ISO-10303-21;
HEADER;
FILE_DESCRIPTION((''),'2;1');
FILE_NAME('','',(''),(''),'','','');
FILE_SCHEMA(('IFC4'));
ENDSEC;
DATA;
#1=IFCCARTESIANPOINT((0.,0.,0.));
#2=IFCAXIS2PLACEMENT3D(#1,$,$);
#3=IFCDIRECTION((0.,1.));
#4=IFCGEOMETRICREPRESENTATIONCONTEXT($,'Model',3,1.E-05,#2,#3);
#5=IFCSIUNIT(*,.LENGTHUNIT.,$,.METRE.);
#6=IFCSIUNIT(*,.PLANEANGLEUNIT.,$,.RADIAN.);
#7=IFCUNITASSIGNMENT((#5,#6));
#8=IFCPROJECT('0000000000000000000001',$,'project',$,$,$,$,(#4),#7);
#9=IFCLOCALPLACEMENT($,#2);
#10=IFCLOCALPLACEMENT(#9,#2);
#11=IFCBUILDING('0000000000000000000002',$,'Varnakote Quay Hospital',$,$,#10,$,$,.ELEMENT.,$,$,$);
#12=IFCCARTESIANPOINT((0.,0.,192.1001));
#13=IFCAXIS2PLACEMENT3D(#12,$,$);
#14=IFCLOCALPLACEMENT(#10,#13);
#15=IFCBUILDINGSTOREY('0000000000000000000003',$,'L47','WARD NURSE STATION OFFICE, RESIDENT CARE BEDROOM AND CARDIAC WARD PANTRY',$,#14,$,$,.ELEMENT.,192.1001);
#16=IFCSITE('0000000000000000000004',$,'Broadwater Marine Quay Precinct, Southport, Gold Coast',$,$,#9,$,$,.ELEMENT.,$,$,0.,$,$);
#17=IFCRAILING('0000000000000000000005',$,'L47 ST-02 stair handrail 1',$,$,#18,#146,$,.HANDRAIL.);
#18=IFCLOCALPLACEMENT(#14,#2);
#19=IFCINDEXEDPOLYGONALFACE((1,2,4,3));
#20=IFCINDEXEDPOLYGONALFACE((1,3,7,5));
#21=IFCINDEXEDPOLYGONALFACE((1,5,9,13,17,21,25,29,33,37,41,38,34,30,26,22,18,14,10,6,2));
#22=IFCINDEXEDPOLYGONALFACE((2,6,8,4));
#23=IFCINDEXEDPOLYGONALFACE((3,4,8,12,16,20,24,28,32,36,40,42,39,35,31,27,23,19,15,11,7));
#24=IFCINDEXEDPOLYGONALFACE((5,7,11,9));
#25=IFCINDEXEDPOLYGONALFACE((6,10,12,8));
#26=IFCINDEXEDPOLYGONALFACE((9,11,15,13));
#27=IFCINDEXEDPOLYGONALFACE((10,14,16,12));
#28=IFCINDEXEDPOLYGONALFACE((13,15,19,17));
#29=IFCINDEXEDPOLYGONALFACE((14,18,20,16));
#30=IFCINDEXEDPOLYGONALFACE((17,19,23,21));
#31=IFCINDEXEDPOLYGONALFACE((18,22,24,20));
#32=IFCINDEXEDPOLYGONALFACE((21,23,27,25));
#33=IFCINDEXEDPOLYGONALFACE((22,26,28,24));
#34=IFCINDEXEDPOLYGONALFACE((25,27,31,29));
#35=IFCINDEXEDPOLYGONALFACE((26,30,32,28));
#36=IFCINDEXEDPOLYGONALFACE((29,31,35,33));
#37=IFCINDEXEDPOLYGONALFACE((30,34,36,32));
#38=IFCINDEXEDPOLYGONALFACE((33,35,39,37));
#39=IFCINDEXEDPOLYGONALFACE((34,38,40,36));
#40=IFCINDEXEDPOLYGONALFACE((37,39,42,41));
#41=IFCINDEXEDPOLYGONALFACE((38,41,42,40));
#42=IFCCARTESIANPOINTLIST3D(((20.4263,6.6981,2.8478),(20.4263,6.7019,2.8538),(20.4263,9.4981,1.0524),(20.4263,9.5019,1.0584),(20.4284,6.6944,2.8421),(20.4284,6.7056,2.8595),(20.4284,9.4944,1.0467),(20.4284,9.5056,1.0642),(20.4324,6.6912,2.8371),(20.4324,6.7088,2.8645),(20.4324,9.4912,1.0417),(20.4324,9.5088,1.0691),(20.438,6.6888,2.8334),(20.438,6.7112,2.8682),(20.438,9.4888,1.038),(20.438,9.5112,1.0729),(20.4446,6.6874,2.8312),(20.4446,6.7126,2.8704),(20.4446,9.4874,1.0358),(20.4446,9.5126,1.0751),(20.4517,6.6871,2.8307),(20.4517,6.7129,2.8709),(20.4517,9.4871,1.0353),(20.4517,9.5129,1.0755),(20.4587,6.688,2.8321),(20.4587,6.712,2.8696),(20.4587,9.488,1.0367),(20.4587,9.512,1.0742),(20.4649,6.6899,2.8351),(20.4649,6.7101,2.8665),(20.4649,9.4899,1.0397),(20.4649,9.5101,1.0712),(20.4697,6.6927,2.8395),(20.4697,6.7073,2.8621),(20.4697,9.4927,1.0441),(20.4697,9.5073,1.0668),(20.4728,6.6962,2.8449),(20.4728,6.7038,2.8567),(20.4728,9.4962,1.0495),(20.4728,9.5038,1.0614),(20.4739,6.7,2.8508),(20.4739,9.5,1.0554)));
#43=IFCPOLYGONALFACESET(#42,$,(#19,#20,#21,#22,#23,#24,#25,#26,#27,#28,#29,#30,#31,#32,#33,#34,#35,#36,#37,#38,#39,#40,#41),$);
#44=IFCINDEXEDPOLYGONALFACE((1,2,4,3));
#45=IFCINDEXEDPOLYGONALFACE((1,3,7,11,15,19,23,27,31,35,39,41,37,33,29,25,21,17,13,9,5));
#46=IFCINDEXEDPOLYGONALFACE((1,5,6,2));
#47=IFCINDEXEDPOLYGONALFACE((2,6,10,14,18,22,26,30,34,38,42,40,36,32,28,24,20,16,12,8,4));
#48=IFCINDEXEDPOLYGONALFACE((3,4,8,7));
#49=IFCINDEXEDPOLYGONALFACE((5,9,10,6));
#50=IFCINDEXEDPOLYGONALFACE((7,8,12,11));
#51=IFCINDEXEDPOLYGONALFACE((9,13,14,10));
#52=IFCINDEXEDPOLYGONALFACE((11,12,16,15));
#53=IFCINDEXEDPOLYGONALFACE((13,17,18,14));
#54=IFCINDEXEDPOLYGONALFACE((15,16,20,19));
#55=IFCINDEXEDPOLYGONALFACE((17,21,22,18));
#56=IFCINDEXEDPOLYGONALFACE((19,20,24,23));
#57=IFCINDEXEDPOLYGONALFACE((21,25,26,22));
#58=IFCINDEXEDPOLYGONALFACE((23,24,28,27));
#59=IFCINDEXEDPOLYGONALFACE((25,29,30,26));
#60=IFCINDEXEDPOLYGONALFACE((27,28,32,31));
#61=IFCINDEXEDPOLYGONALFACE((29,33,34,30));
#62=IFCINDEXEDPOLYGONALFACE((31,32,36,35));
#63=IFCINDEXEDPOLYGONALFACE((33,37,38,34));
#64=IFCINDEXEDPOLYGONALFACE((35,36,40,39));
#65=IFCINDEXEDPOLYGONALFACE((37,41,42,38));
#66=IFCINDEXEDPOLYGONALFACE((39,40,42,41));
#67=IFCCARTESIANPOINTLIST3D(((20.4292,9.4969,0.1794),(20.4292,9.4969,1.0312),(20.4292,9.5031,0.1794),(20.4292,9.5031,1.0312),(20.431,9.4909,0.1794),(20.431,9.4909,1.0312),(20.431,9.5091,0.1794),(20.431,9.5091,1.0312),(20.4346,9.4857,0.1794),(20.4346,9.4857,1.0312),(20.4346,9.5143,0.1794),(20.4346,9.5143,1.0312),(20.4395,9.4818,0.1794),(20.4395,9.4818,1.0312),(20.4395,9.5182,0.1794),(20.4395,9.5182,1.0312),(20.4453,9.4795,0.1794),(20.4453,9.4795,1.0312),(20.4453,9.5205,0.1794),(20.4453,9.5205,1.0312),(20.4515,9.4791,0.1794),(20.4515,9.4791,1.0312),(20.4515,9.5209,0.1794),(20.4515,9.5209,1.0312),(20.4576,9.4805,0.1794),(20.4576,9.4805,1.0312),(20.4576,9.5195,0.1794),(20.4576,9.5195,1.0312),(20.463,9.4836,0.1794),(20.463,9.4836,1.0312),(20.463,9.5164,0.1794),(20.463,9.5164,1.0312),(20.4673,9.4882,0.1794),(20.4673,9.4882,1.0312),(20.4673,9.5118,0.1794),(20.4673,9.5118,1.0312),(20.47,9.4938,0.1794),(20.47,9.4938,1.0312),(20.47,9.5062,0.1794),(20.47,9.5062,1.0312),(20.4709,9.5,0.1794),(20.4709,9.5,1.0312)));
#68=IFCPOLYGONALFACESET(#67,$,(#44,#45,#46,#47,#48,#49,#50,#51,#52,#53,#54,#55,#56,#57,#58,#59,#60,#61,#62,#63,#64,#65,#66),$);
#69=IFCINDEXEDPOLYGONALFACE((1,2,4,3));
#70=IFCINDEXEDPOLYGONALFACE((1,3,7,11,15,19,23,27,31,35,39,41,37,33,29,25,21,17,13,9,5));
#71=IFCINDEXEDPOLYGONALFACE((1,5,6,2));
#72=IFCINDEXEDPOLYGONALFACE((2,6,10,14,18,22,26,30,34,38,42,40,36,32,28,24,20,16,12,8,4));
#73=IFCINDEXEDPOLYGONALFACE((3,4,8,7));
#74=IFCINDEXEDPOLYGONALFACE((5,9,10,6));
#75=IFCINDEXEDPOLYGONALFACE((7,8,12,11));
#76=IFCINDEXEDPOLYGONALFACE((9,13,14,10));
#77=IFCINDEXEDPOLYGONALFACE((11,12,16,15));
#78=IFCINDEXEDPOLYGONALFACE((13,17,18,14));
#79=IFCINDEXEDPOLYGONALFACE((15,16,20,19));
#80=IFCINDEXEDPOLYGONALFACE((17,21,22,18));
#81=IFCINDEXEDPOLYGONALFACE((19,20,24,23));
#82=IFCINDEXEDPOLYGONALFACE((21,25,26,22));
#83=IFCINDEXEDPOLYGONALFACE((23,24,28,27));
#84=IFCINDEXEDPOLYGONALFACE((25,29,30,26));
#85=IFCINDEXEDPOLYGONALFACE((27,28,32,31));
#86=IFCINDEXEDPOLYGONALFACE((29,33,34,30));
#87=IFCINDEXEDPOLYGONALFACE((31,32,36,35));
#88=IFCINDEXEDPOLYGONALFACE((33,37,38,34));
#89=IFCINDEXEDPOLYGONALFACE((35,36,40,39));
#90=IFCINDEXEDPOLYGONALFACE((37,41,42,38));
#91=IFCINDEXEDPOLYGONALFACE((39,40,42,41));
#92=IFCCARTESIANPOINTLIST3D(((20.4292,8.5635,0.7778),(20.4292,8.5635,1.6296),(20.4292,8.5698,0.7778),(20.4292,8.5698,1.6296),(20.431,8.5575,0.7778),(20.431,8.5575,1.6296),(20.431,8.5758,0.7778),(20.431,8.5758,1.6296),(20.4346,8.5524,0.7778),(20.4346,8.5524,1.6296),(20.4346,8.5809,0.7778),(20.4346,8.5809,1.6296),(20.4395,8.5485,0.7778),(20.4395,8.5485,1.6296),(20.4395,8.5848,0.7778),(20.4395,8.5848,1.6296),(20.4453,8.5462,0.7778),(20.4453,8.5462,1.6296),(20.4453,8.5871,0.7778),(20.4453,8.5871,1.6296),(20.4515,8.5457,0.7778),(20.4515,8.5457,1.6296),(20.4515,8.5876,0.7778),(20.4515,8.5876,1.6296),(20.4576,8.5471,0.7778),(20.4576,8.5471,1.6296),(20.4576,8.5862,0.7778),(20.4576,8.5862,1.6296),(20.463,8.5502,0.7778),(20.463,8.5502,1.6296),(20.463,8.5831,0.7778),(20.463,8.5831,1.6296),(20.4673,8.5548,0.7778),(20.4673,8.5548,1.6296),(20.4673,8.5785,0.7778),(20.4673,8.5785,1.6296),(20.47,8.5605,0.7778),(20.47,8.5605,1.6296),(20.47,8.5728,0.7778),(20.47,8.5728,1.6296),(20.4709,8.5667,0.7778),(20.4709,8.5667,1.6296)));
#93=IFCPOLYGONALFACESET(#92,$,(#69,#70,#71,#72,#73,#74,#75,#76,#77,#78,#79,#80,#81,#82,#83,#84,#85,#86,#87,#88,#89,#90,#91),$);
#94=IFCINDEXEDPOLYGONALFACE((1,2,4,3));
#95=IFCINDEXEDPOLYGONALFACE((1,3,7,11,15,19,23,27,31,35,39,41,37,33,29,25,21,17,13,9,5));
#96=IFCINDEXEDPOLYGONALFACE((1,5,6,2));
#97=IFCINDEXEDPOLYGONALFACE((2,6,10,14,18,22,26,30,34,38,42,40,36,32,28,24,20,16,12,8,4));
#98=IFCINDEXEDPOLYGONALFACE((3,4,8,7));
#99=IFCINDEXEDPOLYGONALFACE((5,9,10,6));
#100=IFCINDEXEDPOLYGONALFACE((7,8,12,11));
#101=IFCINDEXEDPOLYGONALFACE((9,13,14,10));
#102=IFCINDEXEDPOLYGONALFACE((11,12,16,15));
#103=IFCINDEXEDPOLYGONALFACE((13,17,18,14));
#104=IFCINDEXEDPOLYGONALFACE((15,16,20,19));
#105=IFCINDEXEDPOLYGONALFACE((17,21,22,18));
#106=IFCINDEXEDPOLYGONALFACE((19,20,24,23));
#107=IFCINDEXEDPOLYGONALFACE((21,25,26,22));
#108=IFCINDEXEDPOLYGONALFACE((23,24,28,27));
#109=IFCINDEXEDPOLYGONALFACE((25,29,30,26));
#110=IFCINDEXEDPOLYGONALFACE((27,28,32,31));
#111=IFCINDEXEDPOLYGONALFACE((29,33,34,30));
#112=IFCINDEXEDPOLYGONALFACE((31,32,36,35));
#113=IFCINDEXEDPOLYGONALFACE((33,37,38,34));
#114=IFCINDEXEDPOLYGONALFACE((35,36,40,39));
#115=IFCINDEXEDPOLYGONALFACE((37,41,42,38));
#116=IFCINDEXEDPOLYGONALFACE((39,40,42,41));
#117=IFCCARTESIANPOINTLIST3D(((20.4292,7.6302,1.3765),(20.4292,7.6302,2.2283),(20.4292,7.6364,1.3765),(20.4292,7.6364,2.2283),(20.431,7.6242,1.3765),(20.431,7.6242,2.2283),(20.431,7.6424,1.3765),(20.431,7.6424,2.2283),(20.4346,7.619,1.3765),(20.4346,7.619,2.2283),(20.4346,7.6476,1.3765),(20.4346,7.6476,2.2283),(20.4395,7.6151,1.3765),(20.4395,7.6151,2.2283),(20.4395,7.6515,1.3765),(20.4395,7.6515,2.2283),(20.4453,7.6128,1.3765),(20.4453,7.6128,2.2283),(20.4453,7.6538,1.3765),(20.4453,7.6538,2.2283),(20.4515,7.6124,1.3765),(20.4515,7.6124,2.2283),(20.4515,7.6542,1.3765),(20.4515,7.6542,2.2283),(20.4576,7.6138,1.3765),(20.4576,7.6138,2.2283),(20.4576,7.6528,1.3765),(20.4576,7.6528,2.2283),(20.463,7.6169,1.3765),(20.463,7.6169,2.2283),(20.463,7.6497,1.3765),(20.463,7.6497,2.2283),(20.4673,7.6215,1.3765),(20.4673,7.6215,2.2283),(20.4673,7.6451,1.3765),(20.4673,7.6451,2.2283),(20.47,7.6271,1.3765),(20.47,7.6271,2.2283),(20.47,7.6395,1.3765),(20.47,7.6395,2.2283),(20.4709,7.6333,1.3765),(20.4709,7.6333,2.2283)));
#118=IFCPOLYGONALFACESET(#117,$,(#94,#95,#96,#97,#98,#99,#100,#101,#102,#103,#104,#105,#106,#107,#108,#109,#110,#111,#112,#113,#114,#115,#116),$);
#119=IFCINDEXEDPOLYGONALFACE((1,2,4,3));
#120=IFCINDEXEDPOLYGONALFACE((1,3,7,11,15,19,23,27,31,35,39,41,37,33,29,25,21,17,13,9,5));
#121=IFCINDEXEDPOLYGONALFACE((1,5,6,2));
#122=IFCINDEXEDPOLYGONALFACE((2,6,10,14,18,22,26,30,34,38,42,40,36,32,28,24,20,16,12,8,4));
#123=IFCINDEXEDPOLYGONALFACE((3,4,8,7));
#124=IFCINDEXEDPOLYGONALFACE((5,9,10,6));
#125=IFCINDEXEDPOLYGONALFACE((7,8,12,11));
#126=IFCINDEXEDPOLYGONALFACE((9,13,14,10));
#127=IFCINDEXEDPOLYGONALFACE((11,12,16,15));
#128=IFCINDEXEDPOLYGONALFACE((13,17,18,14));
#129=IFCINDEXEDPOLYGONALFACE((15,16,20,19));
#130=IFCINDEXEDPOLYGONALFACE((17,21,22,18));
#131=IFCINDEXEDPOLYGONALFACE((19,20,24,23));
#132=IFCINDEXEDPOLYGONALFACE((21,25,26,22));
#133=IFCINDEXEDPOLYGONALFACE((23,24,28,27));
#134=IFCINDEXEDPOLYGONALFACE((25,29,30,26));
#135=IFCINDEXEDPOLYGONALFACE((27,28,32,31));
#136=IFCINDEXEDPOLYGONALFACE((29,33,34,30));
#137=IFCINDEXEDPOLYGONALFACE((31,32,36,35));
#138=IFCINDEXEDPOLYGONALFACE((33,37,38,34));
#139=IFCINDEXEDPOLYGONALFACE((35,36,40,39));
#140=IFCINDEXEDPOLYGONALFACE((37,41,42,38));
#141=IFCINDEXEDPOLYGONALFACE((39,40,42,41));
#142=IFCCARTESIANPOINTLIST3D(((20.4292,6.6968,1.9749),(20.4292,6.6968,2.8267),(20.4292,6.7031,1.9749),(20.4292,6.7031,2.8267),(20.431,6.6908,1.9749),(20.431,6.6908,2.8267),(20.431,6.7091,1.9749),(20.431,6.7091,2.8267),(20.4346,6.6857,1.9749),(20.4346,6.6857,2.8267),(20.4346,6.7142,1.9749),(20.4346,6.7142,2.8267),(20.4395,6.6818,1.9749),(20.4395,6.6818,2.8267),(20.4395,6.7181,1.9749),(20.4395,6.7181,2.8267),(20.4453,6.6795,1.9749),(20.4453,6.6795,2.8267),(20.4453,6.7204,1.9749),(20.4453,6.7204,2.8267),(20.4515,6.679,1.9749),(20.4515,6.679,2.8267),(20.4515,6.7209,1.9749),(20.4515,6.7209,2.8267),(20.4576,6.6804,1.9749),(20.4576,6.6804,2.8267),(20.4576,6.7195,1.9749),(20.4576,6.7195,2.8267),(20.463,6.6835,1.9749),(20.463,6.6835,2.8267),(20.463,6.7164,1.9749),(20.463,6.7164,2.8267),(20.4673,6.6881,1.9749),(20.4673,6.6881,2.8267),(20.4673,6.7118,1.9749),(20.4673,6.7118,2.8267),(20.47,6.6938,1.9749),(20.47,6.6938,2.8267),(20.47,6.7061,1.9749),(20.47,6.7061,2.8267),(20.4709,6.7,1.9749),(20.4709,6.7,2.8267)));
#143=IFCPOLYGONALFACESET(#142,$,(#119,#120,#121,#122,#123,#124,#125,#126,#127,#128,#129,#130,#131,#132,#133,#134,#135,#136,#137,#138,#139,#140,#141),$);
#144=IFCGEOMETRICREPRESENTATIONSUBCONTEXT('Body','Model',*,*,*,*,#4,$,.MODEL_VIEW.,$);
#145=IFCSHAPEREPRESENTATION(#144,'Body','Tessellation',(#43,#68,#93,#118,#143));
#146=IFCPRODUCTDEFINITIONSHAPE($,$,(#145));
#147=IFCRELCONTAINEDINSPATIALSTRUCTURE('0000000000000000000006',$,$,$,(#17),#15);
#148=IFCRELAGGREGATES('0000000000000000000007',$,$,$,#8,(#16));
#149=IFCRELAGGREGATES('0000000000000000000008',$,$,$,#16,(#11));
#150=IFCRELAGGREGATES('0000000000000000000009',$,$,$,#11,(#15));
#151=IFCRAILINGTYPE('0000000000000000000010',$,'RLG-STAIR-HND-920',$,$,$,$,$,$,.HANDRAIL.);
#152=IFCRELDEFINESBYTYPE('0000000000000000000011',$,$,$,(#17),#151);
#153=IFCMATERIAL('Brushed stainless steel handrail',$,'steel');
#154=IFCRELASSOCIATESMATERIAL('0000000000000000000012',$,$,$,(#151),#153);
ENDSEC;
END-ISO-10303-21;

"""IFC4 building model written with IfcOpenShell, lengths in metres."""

from ifc_helpers import new_model, si_unit, direction, frame, origin, origin_2d, place, context, subcontext, project, spatial, circle, extrude, material, type_object, element, save


model = new_model("IFC4")

# Units and contexts
model_context = context("Model", 3, precision=1e-05, world=origin(), true_north=direction((0.0, 1.0)))
body_context = subcontext(model_context, "Body", "Model", "MODEL_VIEW")
ifc_project = project(units=[si_unit("LENGTHUNIT", "METRE"), si_unit("PLANEANGLEUNIT", "RADIAN")], contexts=[model_context])

# Site, building, storey
site_placement = place(None, origin())
site = spatial("IfcSite", under=ifc_project, at=site_placement, Name="Broadwater Marine Quay Precinct, Southport, Gold Coast", CompositionType="ELEMENT", RefElevation=0.0)
building_placement = place(site_placement, origin())
building = spatial("IfcBuilding", under=site, at=building_placement, Name="Varnakote Quay Hospital", CompositionType="ELEMENT")
storey_placement = place(building_placement, frame((0.0, 0.0, 192.1001)))
storey = spatial("IfcBuildingStorey", under=building, at=storey_placement, Name="L47", Description="WARD NURSE STATION OFFICE, RESIDENT CARE BEDROOM AND CARDIAC WARD PANTRY", CompositionType="ELEMENT", Elevation=192.1001)

# Railing
ifc_material_1 = material(Name="Brushed stainless steel handrail", Category="steel")
railing_type_1 = type_object("IfcRailingType", Name="RLG-STAIR-HND-920", PredefinedType="HANDRAIL", material=ifc_material_1)
railing_1_placement = place(storey_placement, frame((20.45, 9.5, 0.1794)))
element("IfcRailing", 1, at=railing_1_placement, inside=storey, type_object=railing_type_1, Name="L47 ST-02 stair handrail 1", PredefinedType="HANDRAIL", context=body_context, shape_type="SweptSolid", body=[
    extrude(circle(Radius=0.0239, at=origin_2d()), frame((0.0, 0.0, 0.876), z_axis=(0.0, -0.84181, 0.539774), x_axis=(1.0, 0.0, 0.0)), (0.0, 0.0, 1.0), 3.3262),
    extrude(circle(Radius=0.021, at=origin_2d()), origin(), (0.0, 0.0, 1.0), 0.8518),
    extrude(circle(Radius=0.021, at=origin_2d()), frame((0.0, -0.9333, 0.5984)), (0.0, 0.0, 1.0), 0.8518),
    extrude(circle(Radius=0.021, at=origin_2d()), frame((0.0, -1.8667, 1.197)), (0.0, 0.0, 1.0), 0.8518),
    extrude(circle(Radius=0.021, at=origin_2d()), frame((0.0, -2.8, 1.7954)), (0.0, 0.0, 1.0), 0.8518),
])

save(model, "model.ifc")
